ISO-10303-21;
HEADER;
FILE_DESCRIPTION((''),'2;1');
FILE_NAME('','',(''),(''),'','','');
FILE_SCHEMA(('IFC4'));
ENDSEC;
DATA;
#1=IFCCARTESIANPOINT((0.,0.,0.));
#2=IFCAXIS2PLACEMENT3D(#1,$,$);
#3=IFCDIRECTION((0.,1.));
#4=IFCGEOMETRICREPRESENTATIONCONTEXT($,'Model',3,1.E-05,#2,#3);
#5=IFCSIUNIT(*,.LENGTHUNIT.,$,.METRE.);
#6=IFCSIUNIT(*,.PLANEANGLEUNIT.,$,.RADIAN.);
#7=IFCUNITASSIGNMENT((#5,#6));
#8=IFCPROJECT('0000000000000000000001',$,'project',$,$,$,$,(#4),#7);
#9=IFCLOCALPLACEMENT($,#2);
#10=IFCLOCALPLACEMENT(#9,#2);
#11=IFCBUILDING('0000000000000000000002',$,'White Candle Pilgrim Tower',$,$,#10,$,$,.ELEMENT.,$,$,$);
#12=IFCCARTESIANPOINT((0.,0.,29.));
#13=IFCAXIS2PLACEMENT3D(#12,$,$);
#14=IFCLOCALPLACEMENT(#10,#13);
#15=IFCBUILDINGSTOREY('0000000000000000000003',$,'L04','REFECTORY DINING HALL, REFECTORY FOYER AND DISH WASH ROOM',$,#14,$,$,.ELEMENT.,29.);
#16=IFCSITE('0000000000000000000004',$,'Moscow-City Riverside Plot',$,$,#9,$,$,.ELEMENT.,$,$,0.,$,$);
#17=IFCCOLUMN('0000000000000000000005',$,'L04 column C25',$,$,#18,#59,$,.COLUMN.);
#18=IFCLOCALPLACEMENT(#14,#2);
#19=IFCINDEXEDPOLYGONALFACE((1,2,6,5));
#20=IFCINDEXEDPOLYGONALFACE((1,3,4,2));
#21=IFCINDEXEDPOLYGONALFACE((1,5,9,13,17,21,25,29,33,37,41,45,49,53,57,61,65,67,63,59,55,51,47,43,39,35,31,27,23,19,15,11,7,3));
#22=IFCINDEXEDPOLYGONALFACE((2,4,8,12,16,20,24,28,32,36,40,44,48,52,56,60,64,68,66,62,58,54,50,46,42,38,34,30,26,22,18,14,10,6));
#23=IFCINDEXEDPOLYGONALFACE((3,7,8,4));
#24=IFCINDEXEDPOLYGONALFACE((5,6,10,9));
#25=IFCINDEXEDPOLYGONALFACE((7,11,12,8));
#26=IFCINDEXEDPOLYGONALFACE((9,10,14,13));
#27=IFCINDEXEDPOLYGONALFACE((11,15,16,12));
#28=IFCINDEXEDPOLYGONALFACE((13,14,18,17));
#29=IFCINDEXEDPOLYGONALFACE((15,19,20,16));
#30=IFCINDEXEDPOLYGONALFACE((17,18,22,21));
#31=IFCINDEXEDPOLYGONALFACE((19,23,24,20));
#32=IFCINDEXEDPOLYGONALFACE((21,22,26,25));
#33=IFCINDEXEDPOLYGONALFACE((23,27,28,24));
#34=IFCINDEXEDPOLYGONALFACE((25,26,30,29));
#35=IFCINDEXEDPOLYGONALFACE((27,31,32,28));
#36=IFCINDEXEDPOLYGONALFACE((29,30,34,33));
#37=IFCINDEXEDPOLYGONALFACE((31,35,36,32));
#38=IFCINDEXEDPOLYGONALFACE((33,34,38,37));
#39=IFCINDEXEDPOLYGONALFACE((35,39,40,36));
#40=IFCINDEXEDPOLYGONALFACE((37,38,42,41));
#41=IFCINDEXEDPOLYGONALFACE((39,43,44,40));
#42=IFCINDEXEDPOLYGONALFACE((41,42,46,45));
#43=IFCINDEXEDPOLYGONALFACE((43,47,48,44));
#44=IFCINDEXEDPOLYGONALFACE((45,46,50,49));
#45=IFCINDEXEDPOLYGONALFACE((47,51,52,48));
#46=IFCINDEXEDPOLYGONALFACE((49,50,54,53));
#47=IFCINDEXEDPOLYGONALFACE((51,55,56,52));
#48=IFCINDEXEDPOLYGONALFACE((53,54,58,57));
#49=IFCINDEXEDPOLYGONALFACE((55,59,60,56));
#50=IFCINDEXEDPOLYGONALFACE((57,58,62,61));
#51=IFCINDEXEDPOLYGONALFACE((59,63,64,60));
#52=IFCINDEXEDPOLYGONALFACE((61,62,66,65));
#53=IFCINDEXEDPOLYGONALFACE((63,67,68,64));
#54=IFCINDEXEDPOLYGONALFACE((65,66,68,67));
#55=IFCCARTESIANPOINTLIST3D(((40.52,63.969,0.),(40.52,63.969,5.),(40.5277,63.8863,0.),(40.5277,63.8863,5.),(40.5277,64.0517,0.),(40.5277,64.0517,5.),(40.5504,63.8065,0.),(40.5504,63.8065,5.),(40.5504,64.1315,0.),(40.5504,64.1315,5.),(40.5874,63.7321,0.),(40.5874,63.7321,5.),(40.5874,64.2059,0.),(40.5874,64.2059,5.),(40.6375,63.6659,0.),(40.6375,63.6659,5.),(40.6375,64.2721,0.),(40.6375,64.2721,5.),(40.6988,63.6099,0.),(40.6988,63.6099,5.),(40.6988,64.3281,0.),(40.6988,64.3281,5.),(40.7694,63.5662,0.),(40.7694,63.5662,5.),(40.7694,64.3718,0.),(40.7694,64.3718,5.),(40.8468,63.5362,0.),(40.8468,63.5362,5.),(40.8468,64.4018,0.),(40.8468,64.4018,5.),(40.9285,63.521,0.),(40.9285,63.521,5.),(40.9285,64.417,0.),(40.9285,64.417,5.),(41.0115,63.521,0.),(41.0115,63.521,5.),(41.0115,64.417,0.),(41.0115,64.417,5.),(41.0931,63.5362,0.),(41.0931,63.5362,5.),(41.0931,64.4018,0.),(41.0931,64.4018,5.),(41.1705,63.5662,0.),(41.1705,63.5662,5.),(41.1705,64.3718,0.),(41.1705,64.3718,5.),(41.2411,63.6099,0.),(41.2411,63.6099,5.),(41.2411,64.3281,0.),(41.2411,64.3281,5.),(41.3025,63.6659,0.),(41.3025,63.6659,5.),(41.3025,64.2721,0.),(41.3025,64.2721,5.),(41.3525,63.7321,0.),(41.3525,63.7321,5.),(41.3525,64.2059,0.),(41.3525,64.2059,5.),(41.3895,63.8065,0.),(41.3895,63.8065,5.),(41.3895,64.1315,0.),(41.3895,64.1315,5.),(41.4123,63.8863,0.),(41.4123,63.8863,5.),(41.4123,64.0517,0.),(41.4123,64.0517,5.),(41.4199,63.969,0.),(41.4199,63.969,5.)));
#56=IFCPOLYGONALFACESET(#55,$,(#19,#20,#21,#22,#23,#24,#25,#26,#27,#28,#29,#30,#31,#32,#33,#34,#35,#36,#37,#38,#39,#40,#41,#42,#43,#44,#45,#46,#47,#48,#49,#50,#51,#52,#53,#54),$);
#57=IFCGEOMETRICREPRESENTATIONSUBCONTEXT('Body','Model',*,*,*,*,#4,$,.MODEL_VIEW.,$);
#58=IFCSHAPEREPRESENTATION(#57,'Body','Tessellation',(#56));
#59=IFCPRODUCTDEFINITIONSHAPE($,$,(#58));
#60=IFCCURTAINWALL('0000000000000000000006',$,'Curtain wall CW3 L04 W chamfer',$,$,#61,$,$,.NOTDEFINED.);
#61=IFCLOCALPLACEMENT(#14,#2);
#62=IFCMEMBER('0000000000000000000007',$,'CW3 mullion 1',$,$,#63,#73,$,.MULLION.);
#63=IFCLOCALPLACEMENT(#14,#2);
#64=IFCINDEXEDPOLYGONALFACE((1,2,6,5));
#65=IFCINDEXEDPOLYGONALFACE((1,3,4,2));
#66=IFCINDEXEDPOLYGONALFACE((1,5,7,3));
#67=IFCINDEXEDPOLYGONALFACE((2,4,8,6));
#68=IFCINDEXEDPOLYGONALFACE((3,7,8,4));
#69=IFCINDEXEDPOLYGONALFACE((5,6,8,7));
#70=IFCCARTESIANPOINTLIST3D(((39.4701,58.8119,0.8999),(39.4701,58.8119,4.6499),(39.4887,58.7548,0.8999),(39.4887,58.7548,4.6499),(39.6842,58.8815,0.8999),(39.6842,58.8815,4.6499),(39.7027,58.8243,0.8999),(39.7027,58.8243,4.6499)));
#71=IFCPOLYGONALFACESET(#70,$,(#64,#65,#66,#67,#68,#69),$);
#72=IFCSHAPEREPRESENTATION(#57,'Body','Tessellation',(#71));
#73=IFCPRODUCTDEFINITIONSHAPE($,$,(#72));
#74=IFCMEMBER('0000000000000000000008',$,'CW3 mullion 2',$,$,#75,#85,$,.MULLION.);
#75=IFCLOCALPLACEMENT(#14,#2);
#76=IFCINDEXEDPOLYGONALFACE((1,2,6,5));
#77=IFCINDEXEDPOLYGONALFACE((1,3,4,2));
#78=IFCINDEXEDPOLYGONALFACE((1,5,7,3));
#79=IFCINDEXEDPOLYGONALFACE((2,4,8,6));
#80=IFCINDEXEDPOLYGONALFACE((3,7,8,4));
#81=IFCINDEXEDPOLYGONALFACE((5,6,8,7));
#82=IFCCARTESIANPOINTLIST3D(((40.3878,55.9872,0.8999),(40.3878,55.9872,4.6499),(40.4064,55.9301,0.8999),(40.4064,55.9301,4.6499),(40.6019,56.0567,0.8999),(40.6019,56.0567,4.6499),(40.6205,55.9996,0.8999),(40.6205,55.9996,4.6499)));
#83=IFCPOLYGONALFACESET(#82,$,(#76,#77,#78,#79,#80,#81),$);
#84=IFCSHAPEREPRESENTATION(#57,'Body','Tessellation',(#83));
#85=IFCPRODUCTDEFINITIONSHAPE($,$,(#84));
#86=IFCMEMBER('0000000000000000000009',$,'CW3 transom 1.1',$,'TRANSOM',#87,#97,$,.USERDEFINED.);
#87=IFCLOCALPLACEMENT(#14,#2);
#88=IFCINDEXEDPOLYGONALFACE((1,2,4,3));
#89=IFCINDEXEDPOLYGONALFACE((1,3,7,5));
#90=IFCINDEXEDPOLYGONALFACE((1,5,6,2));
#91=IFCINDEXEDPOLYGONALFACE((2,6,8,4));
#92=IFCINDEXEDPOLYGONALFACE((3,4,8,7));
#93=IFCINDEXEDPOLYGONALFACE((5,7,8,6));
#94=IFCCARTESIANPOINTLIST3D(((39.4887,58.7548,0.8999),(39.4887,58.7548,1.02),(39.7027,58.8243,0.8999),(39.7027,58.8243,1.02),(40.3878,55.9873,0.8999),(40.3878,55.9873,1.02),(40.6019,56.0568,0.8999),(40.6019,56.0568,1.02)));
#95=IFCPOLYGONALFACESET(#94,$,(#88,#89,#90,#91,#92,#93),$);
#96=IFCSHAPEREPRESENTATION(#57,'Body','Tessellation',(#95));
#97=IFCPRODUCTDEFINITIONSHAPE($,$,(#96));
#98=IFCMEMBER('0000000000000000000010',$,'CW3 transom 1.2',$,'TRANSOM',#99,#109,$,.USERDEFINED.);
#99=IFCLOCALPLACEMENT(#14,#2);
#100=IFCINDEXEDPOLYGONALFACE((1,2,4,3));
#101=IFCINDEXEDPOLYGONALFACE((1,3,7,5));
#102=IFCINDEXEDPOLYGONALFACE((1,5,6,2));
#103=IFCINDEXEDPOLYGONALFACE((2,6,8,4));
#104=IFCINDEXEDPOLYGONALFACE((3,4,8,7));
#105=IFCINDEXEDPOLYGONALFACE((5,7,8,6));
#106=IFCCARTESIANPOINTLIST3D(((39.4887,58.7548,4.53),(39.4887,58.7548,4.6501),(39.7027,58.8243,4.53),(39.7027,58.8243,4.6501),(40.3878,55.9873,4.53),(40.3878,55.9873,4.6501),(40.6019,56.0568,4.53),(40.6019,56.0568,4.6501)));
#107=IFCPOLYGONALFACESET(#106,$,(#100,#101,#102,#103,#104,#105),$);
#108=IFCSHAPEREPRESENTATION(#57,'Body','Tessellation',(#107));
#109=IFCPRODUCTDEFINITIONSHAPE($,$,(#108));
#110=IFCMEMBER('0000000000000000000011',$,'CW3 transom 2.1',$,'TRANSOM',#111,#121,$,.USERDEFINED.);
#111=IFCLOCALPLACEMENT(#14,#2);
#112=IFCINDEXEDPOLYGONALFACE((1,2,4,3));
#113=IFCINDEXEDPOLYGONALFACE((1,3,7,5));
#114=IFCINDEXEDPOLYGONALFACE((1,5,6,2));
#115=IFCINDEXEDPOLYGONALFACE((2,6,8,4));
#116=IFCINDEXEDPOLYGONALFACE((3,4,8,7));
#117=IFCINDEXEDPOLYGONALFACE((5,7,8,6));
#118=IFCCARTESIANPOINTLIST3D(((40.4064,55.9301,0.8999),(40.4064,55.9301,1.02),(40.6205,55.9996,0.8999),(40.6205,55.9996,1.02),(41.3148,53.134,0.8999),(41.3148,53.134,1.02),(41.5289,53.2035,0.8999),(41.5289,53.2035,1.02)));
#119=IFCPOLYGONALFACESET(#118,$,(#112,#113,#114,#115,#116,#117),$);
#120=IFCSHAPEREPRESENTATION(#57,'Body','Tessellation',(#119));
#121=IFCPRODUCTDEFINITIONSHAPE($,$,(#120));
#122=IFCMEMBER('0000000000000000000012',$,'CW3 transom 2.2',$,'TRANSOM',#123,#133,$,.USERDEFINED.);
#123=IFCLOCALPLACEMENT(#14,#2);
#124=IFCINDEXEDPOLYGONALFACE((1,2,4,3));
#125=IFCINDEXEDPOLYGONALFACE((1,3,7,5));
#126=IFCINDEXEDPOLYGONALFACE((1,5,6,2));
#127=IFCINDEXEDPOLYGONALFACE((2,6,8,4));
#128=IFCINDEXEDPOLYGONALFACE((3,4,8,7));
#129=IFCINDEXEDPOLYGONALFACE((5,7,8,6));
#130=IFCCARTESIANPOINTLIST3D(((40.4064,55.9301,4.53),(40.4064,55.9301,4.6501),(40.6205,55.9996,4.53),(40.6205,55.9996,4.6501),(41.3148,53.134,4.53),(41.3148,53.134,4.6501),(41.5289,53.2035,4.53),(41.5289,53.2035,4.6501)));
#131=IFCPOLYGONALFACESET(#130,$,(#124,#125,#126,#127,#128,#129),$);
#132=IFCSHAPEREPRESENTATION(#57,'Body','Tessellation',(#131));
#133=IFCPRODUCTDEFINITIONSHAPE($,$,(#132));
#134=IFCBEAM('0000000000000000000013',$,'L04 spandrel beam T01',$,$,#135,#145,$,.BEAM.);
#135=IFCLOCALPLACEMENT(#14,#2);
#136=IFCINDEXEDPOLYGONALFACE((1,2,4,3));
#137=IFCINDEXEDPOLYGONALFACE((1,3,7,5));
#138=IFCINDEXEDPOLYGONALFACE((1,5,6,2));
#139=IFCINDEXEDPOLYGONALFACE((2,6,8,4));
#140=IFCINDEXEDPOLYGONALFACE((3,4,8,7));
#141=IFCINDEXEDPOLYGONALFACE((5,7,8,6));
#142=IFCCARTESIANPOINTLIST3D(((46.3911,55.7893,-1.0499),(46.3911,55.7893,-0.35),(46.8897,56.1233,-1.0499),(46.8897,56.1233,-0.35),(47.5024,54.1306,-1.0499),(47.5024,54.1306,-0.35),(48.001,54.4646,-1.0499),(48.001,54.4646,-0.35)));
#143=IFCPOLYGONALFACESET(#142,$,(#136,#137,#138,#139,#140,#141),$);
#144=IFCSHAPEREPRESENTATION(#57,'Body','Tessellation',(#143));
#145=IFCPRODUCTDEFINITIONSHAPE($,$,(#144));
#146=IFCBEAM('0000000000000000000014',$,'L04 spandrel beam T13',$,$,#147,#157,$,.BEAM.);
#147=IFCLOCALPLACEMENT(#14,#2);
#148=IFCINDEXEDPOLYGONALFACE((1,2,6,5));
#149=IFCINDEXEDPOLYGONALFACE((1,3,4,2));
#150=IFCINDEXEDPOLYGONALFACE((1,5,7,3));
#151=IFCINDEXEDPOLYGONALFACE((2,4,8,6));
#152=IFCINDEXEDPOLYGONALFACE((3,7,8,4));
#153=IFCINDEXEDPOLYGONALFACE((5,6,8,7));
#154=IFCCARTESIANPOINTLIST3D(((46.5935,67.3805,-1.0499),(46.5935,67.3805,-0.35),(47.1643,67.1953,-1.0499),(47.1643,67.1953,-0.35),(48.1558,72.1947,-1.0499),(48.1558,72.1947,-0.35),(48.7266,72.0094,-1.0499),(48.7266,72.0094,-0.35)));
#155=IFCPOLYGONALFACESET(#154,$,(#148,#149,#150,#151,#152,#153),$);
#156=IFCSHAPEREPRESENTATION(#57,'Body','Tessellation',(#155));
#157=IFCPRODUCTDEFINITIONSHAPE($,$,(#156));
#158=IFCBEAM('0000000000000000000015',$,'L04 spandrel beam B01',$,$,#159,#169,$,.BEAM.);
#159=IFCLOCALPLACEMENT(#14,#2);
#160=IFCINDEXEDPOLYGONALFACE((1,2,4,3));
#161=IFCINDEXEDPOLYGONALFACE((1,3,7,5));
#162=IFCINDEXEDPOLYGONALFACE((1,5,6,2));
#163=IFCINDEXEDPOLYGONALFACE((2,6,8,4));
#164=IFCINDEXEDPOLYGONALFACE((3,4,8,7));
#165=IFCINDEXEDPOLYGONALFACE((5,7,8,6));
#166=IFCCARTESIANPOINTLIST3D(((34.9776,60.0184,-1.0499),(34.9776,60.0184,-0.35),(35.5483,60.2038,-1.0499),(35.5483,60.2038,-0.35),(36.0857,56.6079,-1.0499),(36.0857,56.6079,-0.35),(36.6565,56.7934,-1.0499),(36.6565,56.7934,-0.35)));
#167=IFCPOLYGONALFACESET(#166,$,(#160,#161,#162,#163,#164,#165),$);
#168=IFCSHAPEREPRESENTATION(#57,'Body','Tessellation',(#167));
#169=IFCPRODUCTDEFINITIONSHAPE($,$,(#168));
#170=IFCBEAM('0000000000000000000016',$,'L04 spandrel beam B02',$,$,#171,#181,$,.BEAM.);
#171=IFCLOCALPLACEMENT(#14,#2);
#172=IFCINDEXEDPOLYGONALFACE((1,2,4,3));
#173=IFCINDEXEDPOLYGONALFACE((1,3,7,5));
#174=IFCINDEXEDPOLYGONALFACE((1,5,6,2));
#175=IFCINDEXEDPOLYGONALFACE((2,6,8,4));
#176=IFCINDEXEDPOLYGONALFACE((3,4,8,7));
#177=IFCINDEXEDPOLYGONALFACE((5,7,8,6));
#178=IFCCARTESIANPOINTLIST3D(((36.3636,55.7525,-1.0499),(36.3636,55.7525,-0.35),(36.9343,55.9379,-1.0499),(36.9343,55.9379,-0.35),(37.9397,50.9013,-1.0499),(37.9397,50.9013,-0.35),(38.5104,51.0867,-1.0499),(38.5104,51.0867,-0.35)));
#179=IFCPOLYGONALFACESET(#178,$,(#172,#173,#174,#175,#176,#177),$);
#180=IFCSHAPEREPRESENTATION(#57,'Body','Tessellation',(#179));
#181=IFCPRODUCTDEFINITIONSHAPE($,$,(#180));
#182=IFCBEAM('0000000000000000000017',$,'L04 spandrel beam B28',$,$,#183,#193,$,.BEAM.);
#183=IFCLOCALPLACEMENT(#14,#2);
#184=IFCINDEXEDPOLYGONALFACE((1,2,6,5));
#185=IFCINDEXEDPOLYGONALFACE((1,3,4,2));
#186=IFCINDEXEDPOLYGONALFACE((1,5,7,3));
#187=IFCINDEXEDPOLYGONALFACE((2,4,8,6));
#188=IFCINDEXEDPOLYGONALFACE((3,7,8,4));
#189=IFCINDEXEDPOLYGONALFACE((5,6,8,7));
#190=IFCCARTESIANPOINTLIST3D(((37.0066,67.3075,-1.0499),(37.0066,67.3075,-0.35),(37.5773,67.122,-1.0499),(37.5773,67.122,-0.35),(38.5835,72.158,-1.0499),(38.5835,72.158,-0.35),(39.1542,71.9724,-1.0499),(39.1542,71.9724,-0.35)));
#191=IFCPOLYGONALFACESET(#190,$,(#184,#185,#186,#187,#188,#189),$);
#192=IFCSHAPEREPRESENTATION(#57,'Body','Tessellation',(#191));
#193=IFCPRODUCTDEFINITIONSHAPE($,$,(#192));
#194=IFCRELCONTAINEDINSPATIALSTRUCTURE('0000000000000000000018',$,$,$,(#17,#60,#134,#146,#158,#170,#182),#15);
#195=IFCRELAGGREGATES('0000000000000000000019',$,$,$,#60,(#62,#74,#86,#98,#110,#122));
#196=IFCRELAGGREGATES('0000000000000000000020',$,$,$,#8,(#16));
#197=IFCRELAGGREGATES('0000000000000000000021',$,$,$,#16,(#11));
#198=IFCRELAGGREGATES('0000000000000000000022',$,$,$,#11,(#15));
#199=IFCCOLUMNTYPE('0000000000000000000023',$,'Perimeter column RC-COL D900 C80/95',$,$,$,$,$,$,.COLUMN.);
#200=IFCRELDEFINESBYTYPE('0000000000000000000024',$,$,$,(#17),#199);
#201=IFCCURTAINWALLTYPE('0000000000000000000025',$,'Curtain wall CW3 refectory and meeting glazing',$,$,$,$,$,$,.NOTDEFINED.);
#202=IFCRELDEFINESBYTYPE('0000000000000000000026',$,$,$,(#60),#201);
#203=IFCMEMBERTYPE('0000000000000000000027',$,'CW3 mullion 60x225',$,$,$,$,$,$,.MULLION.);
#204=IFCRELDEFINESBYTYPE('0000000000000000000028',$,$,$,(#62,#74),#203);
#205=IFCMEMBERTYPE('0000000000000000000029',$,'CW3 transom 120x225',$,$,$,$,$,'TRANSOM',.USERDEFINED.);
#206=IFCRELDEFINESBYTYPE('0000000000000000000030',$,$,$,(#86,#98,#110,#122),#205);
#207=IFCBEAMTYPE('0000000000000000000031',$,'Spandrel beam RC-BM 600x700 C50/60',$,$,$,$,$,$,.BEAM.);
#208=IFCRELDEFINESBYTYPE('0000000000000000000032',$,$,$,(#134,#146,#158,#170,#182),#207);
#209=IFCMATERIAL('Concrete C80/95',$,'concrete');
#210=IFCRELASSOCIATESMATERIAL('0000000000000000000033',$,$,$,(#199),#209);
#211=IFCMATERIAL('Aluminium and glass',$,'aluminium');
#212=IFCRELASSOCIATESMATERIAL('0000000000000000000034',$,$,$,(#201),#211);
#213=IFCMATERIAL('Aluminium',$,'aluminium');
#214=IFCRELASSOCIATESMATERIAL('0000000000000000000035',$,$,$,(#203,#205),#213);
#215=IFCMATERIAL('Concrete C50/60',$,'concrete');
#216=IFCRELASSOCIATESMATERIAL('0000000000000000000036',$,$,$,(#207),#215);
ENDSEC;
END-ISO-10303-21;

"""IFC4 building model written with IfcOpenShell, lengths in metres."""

from ifc_helpers import new_model, si_unit, direction, frame, origin, origin_2d, place, context, subcontext, project, spatial, rectangle, circle, extrude, material, material_profile, profile_set, type_object, element, aggregate, save


model = new_model("IFC4")

# Units and contexts
model_context = context("Model", 3, precision=1e-05, world=origin(), true_north=direction((0.0, 1.0)))
body_context = subcontext(model_context, "Body", "Model", "MODEL_VIEW")
ifc_project = project(units=[si_unit("LENGTHUNIT", "METRE"), si_unit("PLANEANGLEUNIT", "RADIAN")], contexts=[model_context])

# Site, building, storey
site_placement = place(None, origin())
site = spatial("IfcSite", under=ifc_project, at=site_placement, Name="Moscow-City Riverside Plot", CompositionType="ELEMENT", RefElevation=0.0)
building_placement = place(site_placement, origin())
building = spatial("IfcBuilding", under=site, at=building_placement, Name="White Candle Pilgrim Tower", CompositionType="ELEMENT")
storey_placement = place(building_placement, frame((0.0, 0.0, 29.0)))
storey = spatial("IfcBuildingStorey", under=building, at=storey_placement, Name="L04", Description="REFECTORY DINING HALL, REFECTORY FOYER AND DISH WASH ROOM", CompositionType="ELEMENT", Elevation=29.0)

# Column
ifc_material_1 = material(Name="Concrete C80/95", Category="concrete")
ifc_material_profile_1 = material_profile(ifc_material_1, circle(Radius=0.45, at=origin_2d()), Name="RC-COL D900")
ifc_profile_set_1 = profile_set([ifc_material_profile_1], Name="Concrete C80/95")
column_type_1 = type_object("IfcColumnType", Name="Perimeter column RC-COL D900 C80/95", PredefinedType="COLUMN", material=ifc_profile_set_1)
for number, where, z_axis, x_axis, name in (
    (1, (40.97, 63.969, 0.0), (0.0, 0.0, 1.0), (1.0, 0.0, 0.0), "L04 column C25"),
):
    element("IfcColumn", number, at=place(storey_placement, frame(where, z_axis=z_axis, x_axis=x_axis)), inside=storey, type_object=column_type_1, Name=name, PredefinedType="COLUMN", context=body_context, shape_type="SweptSolid", body=[
        extrude(circle(Radius=0.45, at=origin_2d()), origin(), (0.0, 0.0, 1.0), 5.0),
    ])

# Curtain wall, members
ifc_material_2 = material(Name="Aluminium and glass", Category="aluminium")
curtain_wall_type = type_object("IfcCurtainWallType", Name="Curtain wall CW3 refectory and meeting glazing", PredefinedType="NOTDEFINED", material=ifc_material_2)
curtain_wall_placement = place(storey_placement, origin())
curtain_wall = element("IfcCurtainWall", 2, at=curtain_wall_placement, inside=storey, type_object=curtain_wall_type, Name="Curtain wall CW3 L04 W chamfer", PredefinedType="NOTDEFINED")
ifc_material_3 = material(Name="Aluminium", Category="aluminium")
ifc_material_profile_2 = material_profile(ifc_material_3, rectangle(XDim=0.2251, YDim=0.0601, at=origin_2d()), Name="CW3 mullion 60x225")
ifc_profile_set_2 = profile_set([ifc_material_profile_2], Name="Aluminium")
member_type_1 = type_object("IfcMemberType", Name="CW3 mullion 60x225", PredefinedType="MULLION", material=ifc_profile_set_2)
member_1_placement = place(storey_placement, frame((39.5864, 58.8181, 0.8999), z_axis=(0.0, 0.0, 1.0), x_axis=(0.951057, 0.309017, 0.0)))
member_1 = element("IfcMember", 3, at=member_1_placement, type_object=member_type_1, Name="CW3 mullion 1", PredefinedType="MULLION", context=body_context, shape_type="SweptSolid", body=[
    extrude(rectangle(XDim=0.2251, YDim=0.0601, at=origin_2d()), origin(), (0.0, 0.0, 1.0), 3.75),
])
member_2_placement = place(storey_placement, frame((40.5042, 55.9934, 0.8999), z_axis=(0.0, 0.0, 1.0), x_axis=(0.951057, 0.309017, 0.0)))
member_2 = element("IfcMember", 4, at=member_2_placement, type_object=member_type_1, Name="CW3 mullion 2", PredefinedType="MULLION", context=body_context, shape_type="SweptSolid", body=[
    extrude(rectangle(XDim=0.2251, YDim=0.0601, at=origin_2d()), origin(), (0.0, 0.0, 1.0), 3.75),
])
ifc_material_profile_3 = material_profile(ifc_material_3, rectangle(XDim=0.2251, YDim=0.1201, at=origin_2d()), Name="CW3 transom 120x225")
ifc_profile_set_3 = profile_set([ifc_material_profile_3], Name="Aluminium")
member_type_2 = type_object("IfcMemberType", Name="CW3 transom 120x225", ElementType="TRANSOM", PredefinedType="USERDEFINED", material=ifc_profile_set_3)
member_3_placement = place(storey_placement, frame((39.5957, 58.7896, 0.96), z_axis=(0.308995, -0.951064, 0.0), x_axis=(0.951064, 0.308995, 0.0)))
member_3 = element("IfcMember", 5, at=member_3_placement, type_object=member_type_2, Name="CW3 transom 1.1", ObjectType="TRANSOM", PredefinedType="USERDEFINED", context=body_context, shape_type="SweptSolid", body=[
    extrude(rectangle(XDim=0.2251, YDim=0.1201, at=origin_2d()), origin(), (0.0, 0.0, 1.0), 2.9099),
])
member_4_placement = place(storey_placement, frame((39.5957, 58.7896, 4.5901), z_axis=(0.308995, -0.951064, 0.0), x_axis=(0.951064, 0.308995, 0.0)))
member_4 = element("IfcMember", 6, at=member_4_placement, type_object=member_type_2, Name="CW3 transom 1.2", ObjectType="TRANSOM", PredefinedType="USERDEFINED", context=body_context, shape_type="SweptSolid", body=[
    extrude(rectangle(XDim=0.2251, YDim=0.1201, at=origin_2d()), origin(), (0.0, 0.0, 1.0), 2.9099),
])
member_5_placement = place(storey_placement, frame((40.5134, 55.9648, 0.96), z_axis=(0.308994, -0.951064, 0.0), x_axis=(0.951064, 0.308994, 0.0)))
member_5 = element("IfcMember", 7, at=member_5_placement, type_object=member_type_2, Name="CW3 transom 2.1", ObjectType="TRANSOM", PredefinedType="USERDEFINED", context=body_context, shape_type="SweptSolid", body=[
    extrude(rectangle(XDim=0.2251, YDim=0.1201, at=origin_2d()), origin(), (0.0, 0.0, 1.0), 2.9399),
])
member_6_placement = place(storey_placement, frame((40.5134, 55.9648, 4.5901), z_axis=(0.308994, -0.951064, 0.0), x_axis=(0.951064, 0.308994, 0.0)))
member_6 = element("IfcMember", 8, at=member_6_placement, type_object=member_type_2, Name="CW3 transom 2.2", ObjectType="TRANSOM", PredefinedType="USERDEFINED", context=body_context, shape_type="SweptSolid", body=[
    extrude(rectangle(XDim=0.2251, YDim=0.1201, at=origin_2d()), origin(), (0.0, 0.0, 1.0), 2.9399),
])

# Beams
ifc_material_4 = material(Name="Concrete C50/60", Category="concrete")
ifc_material_profile_4 = material_profile(ifc_material_4, rectangle(XDim=0.6001, YDim=0.7, at=origin_2d()), Name="RC-BM 600x700")
ifc_profile_set_4 = profile_set([ifc_material_profile_4], Name="Concrete C50/60")
beam_type_1 = type_object("IfcBeamType", Name="Spandrel beam RC-BM 600x700 C50/60", PredefinedType="BEAM", material=ifc_profile_set_4)
beam_1_placement = place(storey_placement, frame((46.6404, 55.9563, -0.7), z_axis=(0.556618, -0.830769, 0.0), x_axis=(0.830769, 0.556618, 0.0)))
element("IfcBeam", 9, at=beam_1_placement, inside=storey, type_object=beam_type_1, Name="L04 spandrel beam T01", PredefinedType="BEAM", context=body_context, shape_type="SweptSolid", body=[
    extrude(rectangle(XDim=0.6001, YDim=0.7, at=origin_2d()), origin(), (0.0, 0.0, 1.0), 1.9966),
])
beam_2_placement = place(storey_placement, frame((48.4412, 72.1021, -0.7), z_axis=(-0.308664, -0.951171, 0.0), x_axis=(0.951171, -0.308664, 0.0)))
element("IfcBeam", 10, at=beam_2_placement, inside=storey, type_object=beam_type_1, Name="L04 spandrel beam T13", PredefinedType="BEAM", context=body_context, shape_type="SweptSolid", body=[
    extrude(rectangle(XDim=0.6001, YDim=0.7, at=origin_2d()), origin(), (0.0, 0.0, 1.0), 5.0613),
])
beam_3_placement = place(storey_placement, frame((35.2629, 60.1111, -0.7), z_axis=(0.309029, -0.951053, 0.0), x_axis=(0.951053, 0.309029, 0.0)))
element("IfcBeam", 11, at=beam_3_placement, inside=storey, type_object=beam_type_1, Name="L04 spandrel beam B01", PredefinedType="BEAM", context=body_context, shape_type="SweptSolid", body=[
    extrude(rectangle(XDim=0.6001, YDim=0.7, at=origin_2d()), origin(), (0.0, 0.0, 1.0), 3.5859),
])
beam_4_placement = place(storey_placement, frame((36.6489, 55.8452, -0.7), z_axis=(0.308996, -0.951063, 0.0), x_axis=(0.951063, 0.308996, 0.0)))
element("IfcBeam", 12, at=beam_4_placement, inside=storey, type_object=beam_type_1, Name="L04 spandrel beam B02", PredefinedType="BEAM", context=body_context, shape_type="SweptSolid", body=[
    extrude(rectangle(XDim=0.6001, YDim=0.7, at=origin_2d()), origin(), (0.0, 0.0, 1.0), 5.1008),
])
beam_5_placement = place(storey_placement, frame((38.8689, 72.0652, -0.7), z_axis=(-0.309182, -0.951003, 0.0), x_axis=(0.951003, -0.309182, 0.0)))
element("IfcBeam", 13, at=beam_5_placement, inside=storey, type_object=beam_type_1, Name="L04 spandrel beam B28", PredefinedType="BEAM", context=body_context, shape_type="SweptSolid", body=[
    extrude(rectangle(XDim=0.6001, YDim=0.7, at=origin_2d()), origin(), (0.0, 0.0, 1.0), 5.1003),
])

aggregate(curtain_wall, [member_1, member_2, member_3, member_4, member_5, member_6])

save(model, "model.ifc")
